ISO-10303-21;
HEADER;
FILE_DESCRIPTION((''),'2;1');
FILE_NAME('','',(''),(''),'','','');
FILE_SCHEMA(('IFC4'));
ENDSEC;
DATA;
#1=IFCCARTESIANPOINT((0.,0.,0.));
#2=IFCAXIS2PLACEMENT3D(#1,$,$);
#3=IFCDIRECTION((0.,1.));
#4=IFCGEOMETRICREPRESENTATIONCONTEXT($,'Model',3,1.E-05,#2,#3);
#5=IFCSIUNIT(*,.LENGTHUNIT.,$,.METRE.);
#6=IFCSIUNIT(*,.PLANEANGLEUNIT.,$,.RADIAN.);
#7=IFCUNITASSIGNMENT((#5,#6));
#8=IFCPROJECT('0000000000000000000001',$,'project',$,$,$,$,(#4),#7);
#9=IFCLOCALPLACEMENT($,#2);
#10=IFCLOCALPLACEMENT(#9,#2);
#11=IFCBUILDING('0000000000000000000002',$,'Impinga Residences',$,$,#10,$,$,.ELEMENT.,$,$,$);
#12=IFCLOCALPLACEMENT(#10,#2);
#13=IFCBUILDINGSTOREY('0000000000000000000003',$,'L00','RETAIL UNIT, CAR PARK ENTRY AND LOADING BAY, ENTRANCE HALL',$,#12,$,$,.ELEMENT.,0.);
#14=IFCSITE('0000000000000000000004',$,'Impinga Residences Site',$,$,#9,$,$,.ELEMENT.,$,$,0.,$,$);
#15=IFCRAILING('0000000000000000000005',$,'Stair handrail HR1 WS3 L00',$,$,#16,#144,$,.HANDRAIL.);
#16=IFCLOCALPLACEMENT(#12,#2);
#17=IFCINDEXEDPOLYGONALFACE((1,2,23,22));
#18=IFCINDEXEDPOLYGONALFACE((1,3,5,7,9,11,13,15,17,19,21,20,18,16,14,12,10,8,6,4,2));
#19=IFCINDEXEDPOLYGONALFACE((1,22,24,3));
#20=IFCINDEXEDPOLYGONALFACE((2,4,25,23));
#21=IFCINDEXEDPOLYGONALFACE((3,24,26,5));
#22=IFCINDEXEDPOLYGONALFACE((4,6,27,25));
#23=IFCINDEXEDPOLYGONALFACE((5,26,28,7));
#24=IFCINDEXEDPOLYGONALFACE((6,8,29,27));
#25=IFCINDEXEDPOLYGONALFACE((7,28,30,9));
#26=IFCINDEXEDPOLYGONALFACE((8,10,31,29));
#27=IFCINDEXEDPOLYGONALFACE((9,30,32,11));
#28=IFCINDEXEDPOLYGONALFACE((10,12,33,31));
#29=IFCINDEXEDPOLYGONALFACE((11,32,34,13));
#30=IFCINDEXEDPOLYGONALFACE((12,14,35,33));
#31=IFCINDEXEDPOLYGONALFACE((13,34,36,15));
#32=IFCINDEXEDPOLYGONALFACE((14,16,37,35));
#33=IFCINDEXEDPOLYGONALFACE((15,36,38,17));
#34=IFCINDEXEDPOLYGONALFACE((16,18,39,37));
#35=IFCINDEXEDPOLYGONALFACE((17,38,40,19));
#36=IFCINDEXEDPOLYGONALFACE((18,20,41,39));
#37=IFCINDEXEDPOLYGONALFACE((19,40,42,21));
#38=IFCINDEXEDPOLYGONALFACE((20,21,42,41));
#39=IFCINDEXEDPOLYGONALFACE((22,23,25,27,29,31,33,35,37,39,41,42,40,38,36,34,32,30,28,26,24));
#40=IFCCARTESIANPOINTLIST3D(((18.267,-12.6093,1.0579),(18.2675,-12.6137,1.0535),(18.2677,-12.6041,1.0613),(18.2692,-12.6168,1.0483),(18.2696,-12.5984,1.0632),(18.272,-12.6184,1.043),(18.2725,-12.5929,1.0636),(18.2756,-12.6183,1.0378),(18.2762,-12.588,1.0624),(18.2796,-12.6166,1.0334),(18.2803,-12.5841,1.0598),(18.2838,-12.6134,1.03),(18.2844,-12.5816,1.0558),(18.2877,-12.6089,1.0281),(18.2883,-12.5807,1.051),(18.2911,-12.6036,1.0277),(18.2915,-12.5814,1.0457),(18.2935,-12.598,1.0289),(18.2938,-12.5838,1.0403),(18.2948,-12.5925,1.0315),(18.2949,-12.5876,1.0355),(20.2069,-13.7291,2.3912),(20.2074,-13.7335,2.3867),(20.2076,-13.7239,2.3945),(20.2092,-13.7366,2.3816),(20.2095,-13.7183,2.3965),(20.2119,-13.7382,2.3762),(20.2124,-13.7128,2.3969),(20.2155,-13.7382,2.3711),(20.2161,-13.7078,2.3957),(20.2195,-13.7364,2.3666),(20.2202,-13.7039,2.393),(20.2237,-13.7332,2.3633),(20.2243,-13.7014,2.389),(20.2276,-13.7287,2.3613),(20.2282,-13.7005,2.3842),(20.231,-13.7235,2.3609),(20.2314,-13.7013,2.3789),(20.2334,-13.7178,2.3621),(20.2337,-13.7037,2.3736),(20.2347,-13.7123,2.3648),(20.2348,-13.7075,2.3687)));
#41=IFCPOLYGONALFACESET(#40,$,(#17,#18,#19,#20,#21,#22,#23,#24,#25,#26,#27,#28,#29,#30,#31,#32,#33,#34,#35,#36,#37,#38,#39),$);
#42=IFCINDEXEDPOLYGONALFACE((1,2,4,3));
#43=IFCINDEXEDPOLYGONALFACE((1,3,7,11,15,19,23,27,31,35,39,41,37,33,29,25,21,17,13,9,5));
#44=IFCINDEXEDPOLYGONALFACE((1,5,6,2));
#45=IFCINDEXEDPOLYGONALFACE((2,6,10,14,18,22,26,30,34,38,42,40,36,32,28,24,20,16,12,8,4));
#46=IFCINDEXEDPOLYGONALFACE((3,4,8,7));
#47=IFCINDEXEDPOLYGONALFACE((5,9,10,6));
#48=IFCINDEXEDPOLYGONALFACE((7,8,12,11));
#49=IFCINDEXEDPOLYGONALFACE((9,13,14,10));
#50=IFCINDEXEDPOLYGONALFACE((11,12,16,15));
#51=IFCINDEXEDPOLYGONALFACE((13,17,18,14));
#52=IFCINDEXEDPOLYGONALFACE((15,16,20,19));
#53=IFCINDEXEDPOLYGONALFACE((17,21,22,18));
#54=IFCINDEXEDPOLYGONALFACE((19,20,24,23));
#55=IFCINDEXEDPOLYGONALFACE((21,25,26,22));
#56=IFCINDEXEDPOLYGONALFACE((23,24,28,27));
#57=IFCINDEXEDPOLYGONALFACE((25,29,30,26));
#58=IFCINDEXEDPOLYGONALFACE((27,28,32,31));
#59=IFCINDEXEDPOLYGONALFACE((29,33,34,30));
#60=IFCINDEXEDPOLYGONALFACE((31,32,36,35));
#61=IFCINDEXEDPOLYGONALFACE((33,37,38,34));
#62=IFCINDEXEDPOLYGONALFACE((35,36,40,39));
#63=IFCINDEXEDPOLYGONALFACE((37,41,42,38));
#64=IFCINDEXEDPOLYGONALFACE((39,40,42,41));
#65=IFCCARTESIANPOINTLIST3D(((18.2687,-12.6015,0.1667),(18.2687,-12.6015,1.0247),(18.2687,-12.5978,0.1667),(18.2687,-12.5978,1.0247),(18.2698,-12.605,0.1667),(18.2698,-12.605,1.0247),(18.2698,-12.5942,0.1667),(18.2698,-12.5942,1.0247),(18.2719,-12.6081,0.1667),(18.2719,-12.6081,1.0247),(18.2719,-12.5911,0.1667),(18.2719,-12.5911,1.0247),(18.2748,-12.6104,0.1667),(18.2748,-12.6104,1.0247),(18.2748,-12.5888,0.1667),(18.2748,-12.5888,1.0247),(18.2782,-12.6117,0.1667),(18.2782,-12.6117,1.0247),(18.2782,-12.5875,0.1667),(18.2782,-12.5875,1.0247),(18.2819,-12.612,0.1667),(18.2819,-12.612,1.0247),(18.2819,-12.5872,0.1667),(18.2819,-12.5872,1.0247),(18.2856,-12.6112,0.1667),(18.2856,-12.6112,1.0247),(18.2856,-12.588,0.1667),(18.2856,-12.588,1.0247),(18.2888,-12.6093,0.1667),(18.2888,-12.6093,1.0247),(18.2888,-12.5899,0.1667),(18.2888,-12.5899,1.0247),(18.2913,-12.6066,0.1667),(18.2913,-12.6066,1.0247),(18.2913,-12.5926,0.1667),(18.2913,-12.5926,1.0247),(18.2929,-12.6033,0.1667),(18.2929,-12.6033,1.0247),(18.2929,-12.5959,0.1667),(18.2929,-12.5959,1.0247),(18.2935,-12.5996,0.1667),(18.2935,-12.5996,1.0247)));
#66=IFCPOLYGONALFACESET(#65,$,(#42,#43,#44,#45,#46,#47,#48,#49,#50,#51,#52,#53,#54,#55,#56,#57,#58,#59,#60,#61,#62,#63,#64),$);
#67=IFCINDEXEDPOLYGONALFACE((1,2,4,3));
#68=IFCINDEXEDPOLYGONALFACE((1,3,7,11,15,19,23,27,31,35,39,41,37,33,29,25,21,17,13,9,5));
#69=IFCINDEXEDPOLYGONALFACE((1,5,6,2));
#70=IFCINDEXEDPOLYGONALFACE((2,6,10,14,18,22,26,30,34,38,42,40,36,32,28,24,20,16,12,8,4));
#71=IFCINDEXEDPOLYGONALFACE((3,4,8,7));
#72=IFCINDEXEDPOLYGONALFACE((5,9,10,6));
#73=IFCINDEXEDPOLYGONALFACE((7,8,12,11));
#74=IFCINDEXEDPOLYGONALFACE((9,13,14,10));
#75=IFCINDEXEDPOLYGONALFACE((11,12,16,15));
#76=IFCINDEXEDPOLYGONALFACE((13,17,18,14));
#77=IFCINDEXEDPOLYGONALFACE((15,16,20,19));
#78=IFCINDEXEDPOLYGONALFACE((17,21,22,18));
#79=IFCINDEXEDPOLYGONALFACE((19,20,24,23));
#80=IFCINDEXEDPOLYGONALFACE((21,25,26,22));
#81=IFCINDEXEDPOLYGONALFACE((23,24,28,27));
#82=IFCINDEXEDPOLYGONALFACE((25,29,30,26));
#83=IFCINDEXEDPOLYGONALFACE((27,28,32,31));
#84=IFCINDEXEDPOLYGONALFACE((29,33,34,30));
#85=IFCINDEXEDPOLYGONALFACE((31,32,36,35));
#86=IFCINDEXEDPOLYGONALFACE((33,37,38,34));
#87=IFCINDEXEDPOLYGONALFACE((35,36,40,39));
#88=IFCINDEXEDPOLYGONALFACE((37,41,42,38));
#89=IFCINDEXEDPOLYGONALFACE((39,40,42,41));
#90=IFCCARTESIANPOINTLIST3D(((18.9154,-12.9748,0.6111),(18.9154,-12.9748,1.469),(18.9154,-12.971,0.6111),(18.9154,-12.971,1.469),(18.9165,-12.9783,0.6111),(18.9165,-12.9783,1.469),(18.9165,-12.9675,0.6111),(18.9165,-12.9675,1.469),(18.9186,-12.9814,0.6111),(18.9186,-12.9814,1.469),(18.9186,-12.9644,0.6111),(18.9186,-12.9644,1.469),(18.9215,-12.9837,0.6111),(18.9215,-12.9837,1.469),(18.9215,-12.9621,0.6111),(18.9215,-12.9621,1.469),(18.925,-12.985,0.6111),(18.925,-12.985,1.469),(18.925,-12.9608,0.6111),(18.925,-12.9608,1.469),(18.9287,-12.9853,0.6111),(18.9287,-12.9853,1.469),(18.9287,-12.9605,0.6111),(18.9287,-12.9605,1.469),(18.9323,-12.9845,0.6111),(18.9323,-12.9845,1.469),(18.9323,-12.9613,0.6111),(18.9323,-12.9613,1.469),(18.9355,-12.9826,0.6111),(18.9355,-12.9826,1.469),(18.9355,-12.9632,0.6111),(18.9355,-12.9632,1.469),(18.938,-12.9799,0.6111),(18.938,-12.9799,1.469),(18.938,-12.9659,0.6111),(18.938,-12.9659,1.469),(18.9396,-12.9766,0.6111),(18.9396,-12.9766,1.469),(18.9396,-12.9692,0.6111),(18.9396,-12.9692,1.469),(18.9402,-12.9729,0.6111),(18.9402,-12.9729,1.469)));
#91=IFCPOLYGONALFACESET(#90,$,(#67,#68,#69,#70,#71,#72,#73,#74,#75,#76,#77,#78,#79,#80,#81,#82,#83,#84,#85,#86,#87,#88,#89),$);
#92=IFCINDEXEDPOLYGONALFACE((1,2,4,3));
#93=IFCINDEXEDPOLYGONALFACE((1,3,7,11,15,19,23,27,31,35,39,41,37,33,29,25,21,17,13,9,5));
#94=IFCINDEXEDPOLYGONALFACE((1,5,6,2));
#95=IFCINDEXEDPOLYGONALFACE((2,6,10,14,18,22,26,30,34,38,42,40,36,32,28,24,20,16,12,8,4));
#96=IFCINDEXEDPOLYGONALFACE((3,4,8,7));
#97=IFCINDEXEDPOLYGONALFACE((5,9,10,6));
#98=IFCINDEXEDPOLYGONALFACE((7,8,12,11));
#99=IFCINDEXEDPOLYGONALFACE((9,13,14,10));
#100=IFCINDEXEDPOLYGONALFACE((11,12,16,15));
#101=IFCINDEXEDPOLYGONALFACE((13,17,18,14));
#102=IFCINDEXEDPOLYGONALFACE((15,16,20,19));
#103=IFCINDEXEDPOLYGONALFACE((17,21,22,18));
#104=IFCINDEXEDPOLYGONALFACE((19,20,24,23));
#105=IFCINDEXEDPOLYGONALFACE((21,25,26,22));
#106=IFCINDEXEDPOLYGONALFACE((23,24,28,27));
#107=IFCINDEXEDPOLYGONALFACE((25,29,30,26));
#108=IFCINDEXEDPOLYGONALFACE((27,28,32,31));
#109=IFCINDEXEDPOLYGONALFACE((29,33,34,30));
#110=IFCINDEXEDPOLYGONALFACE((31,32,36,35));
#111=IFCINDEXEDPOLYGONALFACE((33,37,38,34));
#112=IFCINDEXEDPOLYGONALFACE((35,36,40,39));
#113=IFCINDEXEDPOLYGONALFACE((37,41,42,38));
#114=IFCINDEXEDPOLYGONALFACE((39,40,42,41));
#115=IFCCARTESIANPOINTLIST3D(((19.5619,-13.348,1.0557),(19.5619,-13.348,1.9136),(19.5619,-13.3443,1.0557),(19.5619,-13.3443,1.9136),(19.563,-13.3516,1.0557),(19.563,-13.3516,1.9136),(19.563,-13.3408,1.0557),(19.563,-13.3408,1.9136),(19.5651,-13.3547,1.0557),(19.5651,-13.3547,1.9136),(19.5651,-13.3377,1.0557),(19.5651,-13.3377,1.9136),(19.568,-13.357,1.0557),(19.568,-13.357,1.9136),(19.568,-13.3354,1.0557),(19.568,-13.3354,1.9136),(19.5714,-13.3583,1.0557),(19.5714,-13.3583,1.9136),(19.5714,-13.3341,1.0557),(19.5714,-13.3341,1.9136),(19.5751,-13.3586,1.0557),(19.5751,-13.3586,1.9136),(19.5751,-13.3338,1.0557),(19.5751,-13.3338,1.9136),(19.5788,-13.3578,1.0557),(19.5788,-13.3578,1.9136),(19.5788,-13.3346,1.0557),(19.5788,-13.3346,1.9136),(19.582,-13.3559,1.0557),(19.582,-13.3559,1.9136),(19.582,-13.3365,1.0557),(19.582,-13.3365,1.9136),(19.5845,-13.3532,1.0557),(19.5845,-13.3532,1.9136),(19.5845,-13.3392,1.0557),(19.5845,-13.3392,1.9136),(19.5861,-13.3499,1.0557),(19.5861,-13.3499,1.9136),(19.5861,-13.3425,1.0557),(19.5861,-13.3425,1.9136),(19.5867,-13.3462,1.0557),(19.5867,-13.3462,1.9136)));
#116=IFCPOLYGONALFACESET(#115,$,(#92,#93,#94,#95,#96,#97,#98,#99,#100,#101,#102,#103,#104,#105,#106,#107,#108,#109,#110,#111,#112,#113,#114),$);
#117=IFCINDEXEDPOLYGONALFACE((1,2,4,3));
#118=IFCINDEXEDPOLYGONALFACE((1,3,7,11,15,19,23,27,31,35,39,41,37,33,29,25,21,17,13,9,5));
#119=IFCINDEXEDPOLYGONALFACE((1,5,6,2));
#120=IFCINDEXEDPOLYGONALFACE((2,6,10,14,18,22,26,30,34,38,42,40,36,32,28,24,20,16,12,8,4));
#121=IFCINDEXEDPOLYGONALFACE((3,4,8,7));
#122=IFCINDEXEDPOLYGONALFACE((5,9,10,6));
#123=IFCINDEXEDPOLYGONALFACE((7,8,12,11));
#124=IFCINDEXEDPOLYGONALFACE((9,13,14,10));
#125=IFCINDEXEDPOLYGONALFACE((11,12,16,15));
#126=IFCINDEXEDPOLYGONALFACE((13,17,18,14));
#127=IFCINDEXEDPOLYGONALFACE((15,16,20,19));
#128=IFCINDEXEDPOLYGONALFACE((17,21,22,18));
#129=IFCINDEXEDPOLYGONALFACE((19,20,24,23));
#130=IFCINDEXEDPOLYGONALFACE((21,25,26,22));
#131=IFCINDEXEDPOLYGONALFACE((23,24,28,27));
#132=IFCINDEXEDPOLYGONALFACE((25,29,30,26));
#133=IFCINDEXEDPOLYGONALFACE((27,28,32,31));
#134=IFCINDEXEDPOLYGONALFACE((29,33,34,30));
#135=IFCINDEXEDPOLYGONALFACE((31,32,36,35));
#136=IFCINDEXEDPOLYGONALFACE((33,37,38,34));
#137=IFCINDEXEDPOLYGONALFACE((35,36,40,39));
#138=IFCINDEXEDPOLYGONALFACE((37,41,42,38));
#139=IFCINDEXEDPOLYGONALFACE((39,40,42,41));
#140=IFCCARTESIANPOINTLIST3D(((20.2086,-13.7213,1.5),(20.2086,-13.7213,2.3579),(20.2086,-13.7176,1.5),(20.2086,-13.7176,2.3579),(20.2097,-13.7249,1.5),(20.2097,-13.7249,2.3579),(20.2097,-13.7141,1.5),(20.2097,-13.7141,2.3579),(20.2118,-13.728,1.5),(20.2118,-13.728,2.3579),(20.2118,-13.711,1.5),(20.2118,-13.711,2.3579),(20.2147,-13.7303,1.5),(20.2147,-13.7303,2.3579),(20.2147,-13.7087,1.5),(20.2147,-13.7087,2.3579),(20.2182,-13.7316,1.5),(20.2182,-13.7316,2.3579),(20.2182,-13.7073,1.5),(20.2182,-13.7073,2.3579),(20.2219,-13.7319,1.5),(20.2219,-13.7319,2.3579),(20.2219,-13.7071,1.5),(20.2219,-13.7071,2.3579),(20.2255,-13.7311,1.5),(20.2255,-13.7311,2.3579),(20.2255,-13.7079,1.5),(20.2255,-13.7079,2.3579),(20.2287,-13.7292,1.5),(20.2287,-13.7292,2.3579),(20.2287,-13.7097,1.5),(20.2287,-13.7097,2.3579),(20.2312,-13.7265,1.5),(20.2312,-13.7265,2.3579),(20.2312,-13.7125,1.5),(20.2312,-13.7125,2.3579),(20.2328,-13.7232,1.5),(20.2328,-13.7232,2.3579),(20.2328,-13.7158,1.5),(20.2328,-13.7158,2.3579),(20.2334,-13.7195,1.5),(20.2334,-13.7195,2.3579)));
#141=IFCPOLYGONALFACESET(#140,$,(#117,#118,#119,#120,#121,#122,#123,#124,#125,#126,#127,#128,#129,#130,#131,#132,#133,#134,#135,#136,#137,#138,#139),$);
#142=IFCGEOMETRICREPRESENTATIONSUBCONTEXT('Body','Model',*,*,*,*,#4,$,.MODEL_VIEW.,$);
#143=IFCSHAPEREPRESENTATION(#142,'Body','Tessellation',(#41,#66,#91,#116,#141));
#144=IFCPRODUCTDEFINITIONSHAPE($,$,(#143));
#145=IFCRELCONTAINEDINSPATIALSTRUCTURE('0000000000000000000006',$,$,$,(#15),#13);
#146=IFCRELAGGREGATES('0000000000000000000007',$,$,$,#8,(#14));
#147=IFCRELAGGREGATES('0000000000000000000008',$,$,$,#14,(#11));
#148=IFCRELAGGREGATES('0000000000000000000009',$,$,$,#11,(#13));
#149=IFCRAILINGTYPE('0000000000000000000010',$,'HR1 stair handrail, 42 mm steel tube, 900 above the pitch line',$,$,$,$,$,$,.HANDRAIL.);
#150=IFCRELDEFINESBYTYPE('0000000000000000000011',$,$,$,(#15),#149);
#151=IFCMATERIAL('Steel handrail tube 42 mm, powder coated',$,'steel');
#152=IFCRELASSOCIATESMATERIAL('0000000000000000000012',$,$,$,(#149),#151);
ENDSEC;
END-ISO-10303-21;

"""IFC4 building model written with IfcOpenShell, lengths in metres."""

from ifc_helpers import new_model, si_unit, direction, frame, origin, origin_2d, place, context, subcontext, project, spatial, circle, extrude, material, type_object, element, save


model = new_model("IFC4")

# Units and contexts
model_context = context("Model", 3, precision=1e-05, world=origin(), true_north=direction((0.0, 1.0)))
body_context = subcontext(model_context, "Body", "Model", "MODEL_VIEW")
ifc_project = project(units=[si_unit("LENGTHUNIT", "METRE"), si_unit("PLANEANGLEUNIT", "RADIAN")], contexts=[model_context])

# Site, building, storey
site_placement = place(None, origin())
site = spatial("IfcSite", under=ifc_project, at=site_placement, Name="Impinga Residences Site", CompositionType="ELEMENT", RefElevation=0.0)
building_placement = place(site_placement, origin())
building = spatial("IfcBuilding", under=site, at=building_placement, Name="Impinga Residences", CompositionType="ELEMENT")
storey_placement = place(building_placement, origin())
storey = spatial("IfcBuildingStorey", under=building, at=storey_placement, Name="L00", Description="RETAIL UNIT, CAR PARK ENTRY AND LOADING BAY, ENTRANCE HALL", CompositionType="ELEMENT", Elevation=0.0)

# Railing
ifc_material_1 = material(Name="Steel handrail tube 42 mm, powder coated", Category="steel")
railing_type_1 = type_object("IfcRailingType", Name="HR1 stair handrail, 42 mm steel tube, 900 above the pitch line", PredefinedType="HANDRAIL", material=ifc_material_1)
railing_1_placement = place(storey_placement, frame((18.281, -12.5996, 0.1667)))
element("IfcRailing", 1, at=railing_1_placement, inside=storey, type_object=railing_type_1, Name="Stair handrail HR1 WS3 L00", PredefinedType="HANDRAIL", context=body_context, shape_type="SweptSolid", body=[
    extrude(circle(Radius=0.021, at=origin_2d()), frame((0.0, 0.0, 0.8789), z_axis=(0.744205, -0.429608, 0.511465), x_axis=(0.499949, 0.866055, 0.0)), (0.0, 0.0, 1.0), 2.6067),
    extrude(circle(Radius=0.0125, at=origin_2d()), origin(), (0.0, 0.0, 1.0), 0.8579),
    extrude(circle(Radius=0.0125, at=origin_2d()), frame((0.6467, -0.3733, 0.4443)), (0.0, 0.0, 1.0), 0.8579),
    extrude(circle(Radius=0.0125, at=origin_2d()), frame((1.2932, -0.7466, 0.8889)), (0.0, 0.0, 1.0), 0.8579),
    extrude(circle(Radius=0.0125, at=origin_2d()), frame((1.9399, -1.1199, 1.3333)), (0.0, 0.0, 1.0), 0.8579),
])

save(model, "model.ifc")
